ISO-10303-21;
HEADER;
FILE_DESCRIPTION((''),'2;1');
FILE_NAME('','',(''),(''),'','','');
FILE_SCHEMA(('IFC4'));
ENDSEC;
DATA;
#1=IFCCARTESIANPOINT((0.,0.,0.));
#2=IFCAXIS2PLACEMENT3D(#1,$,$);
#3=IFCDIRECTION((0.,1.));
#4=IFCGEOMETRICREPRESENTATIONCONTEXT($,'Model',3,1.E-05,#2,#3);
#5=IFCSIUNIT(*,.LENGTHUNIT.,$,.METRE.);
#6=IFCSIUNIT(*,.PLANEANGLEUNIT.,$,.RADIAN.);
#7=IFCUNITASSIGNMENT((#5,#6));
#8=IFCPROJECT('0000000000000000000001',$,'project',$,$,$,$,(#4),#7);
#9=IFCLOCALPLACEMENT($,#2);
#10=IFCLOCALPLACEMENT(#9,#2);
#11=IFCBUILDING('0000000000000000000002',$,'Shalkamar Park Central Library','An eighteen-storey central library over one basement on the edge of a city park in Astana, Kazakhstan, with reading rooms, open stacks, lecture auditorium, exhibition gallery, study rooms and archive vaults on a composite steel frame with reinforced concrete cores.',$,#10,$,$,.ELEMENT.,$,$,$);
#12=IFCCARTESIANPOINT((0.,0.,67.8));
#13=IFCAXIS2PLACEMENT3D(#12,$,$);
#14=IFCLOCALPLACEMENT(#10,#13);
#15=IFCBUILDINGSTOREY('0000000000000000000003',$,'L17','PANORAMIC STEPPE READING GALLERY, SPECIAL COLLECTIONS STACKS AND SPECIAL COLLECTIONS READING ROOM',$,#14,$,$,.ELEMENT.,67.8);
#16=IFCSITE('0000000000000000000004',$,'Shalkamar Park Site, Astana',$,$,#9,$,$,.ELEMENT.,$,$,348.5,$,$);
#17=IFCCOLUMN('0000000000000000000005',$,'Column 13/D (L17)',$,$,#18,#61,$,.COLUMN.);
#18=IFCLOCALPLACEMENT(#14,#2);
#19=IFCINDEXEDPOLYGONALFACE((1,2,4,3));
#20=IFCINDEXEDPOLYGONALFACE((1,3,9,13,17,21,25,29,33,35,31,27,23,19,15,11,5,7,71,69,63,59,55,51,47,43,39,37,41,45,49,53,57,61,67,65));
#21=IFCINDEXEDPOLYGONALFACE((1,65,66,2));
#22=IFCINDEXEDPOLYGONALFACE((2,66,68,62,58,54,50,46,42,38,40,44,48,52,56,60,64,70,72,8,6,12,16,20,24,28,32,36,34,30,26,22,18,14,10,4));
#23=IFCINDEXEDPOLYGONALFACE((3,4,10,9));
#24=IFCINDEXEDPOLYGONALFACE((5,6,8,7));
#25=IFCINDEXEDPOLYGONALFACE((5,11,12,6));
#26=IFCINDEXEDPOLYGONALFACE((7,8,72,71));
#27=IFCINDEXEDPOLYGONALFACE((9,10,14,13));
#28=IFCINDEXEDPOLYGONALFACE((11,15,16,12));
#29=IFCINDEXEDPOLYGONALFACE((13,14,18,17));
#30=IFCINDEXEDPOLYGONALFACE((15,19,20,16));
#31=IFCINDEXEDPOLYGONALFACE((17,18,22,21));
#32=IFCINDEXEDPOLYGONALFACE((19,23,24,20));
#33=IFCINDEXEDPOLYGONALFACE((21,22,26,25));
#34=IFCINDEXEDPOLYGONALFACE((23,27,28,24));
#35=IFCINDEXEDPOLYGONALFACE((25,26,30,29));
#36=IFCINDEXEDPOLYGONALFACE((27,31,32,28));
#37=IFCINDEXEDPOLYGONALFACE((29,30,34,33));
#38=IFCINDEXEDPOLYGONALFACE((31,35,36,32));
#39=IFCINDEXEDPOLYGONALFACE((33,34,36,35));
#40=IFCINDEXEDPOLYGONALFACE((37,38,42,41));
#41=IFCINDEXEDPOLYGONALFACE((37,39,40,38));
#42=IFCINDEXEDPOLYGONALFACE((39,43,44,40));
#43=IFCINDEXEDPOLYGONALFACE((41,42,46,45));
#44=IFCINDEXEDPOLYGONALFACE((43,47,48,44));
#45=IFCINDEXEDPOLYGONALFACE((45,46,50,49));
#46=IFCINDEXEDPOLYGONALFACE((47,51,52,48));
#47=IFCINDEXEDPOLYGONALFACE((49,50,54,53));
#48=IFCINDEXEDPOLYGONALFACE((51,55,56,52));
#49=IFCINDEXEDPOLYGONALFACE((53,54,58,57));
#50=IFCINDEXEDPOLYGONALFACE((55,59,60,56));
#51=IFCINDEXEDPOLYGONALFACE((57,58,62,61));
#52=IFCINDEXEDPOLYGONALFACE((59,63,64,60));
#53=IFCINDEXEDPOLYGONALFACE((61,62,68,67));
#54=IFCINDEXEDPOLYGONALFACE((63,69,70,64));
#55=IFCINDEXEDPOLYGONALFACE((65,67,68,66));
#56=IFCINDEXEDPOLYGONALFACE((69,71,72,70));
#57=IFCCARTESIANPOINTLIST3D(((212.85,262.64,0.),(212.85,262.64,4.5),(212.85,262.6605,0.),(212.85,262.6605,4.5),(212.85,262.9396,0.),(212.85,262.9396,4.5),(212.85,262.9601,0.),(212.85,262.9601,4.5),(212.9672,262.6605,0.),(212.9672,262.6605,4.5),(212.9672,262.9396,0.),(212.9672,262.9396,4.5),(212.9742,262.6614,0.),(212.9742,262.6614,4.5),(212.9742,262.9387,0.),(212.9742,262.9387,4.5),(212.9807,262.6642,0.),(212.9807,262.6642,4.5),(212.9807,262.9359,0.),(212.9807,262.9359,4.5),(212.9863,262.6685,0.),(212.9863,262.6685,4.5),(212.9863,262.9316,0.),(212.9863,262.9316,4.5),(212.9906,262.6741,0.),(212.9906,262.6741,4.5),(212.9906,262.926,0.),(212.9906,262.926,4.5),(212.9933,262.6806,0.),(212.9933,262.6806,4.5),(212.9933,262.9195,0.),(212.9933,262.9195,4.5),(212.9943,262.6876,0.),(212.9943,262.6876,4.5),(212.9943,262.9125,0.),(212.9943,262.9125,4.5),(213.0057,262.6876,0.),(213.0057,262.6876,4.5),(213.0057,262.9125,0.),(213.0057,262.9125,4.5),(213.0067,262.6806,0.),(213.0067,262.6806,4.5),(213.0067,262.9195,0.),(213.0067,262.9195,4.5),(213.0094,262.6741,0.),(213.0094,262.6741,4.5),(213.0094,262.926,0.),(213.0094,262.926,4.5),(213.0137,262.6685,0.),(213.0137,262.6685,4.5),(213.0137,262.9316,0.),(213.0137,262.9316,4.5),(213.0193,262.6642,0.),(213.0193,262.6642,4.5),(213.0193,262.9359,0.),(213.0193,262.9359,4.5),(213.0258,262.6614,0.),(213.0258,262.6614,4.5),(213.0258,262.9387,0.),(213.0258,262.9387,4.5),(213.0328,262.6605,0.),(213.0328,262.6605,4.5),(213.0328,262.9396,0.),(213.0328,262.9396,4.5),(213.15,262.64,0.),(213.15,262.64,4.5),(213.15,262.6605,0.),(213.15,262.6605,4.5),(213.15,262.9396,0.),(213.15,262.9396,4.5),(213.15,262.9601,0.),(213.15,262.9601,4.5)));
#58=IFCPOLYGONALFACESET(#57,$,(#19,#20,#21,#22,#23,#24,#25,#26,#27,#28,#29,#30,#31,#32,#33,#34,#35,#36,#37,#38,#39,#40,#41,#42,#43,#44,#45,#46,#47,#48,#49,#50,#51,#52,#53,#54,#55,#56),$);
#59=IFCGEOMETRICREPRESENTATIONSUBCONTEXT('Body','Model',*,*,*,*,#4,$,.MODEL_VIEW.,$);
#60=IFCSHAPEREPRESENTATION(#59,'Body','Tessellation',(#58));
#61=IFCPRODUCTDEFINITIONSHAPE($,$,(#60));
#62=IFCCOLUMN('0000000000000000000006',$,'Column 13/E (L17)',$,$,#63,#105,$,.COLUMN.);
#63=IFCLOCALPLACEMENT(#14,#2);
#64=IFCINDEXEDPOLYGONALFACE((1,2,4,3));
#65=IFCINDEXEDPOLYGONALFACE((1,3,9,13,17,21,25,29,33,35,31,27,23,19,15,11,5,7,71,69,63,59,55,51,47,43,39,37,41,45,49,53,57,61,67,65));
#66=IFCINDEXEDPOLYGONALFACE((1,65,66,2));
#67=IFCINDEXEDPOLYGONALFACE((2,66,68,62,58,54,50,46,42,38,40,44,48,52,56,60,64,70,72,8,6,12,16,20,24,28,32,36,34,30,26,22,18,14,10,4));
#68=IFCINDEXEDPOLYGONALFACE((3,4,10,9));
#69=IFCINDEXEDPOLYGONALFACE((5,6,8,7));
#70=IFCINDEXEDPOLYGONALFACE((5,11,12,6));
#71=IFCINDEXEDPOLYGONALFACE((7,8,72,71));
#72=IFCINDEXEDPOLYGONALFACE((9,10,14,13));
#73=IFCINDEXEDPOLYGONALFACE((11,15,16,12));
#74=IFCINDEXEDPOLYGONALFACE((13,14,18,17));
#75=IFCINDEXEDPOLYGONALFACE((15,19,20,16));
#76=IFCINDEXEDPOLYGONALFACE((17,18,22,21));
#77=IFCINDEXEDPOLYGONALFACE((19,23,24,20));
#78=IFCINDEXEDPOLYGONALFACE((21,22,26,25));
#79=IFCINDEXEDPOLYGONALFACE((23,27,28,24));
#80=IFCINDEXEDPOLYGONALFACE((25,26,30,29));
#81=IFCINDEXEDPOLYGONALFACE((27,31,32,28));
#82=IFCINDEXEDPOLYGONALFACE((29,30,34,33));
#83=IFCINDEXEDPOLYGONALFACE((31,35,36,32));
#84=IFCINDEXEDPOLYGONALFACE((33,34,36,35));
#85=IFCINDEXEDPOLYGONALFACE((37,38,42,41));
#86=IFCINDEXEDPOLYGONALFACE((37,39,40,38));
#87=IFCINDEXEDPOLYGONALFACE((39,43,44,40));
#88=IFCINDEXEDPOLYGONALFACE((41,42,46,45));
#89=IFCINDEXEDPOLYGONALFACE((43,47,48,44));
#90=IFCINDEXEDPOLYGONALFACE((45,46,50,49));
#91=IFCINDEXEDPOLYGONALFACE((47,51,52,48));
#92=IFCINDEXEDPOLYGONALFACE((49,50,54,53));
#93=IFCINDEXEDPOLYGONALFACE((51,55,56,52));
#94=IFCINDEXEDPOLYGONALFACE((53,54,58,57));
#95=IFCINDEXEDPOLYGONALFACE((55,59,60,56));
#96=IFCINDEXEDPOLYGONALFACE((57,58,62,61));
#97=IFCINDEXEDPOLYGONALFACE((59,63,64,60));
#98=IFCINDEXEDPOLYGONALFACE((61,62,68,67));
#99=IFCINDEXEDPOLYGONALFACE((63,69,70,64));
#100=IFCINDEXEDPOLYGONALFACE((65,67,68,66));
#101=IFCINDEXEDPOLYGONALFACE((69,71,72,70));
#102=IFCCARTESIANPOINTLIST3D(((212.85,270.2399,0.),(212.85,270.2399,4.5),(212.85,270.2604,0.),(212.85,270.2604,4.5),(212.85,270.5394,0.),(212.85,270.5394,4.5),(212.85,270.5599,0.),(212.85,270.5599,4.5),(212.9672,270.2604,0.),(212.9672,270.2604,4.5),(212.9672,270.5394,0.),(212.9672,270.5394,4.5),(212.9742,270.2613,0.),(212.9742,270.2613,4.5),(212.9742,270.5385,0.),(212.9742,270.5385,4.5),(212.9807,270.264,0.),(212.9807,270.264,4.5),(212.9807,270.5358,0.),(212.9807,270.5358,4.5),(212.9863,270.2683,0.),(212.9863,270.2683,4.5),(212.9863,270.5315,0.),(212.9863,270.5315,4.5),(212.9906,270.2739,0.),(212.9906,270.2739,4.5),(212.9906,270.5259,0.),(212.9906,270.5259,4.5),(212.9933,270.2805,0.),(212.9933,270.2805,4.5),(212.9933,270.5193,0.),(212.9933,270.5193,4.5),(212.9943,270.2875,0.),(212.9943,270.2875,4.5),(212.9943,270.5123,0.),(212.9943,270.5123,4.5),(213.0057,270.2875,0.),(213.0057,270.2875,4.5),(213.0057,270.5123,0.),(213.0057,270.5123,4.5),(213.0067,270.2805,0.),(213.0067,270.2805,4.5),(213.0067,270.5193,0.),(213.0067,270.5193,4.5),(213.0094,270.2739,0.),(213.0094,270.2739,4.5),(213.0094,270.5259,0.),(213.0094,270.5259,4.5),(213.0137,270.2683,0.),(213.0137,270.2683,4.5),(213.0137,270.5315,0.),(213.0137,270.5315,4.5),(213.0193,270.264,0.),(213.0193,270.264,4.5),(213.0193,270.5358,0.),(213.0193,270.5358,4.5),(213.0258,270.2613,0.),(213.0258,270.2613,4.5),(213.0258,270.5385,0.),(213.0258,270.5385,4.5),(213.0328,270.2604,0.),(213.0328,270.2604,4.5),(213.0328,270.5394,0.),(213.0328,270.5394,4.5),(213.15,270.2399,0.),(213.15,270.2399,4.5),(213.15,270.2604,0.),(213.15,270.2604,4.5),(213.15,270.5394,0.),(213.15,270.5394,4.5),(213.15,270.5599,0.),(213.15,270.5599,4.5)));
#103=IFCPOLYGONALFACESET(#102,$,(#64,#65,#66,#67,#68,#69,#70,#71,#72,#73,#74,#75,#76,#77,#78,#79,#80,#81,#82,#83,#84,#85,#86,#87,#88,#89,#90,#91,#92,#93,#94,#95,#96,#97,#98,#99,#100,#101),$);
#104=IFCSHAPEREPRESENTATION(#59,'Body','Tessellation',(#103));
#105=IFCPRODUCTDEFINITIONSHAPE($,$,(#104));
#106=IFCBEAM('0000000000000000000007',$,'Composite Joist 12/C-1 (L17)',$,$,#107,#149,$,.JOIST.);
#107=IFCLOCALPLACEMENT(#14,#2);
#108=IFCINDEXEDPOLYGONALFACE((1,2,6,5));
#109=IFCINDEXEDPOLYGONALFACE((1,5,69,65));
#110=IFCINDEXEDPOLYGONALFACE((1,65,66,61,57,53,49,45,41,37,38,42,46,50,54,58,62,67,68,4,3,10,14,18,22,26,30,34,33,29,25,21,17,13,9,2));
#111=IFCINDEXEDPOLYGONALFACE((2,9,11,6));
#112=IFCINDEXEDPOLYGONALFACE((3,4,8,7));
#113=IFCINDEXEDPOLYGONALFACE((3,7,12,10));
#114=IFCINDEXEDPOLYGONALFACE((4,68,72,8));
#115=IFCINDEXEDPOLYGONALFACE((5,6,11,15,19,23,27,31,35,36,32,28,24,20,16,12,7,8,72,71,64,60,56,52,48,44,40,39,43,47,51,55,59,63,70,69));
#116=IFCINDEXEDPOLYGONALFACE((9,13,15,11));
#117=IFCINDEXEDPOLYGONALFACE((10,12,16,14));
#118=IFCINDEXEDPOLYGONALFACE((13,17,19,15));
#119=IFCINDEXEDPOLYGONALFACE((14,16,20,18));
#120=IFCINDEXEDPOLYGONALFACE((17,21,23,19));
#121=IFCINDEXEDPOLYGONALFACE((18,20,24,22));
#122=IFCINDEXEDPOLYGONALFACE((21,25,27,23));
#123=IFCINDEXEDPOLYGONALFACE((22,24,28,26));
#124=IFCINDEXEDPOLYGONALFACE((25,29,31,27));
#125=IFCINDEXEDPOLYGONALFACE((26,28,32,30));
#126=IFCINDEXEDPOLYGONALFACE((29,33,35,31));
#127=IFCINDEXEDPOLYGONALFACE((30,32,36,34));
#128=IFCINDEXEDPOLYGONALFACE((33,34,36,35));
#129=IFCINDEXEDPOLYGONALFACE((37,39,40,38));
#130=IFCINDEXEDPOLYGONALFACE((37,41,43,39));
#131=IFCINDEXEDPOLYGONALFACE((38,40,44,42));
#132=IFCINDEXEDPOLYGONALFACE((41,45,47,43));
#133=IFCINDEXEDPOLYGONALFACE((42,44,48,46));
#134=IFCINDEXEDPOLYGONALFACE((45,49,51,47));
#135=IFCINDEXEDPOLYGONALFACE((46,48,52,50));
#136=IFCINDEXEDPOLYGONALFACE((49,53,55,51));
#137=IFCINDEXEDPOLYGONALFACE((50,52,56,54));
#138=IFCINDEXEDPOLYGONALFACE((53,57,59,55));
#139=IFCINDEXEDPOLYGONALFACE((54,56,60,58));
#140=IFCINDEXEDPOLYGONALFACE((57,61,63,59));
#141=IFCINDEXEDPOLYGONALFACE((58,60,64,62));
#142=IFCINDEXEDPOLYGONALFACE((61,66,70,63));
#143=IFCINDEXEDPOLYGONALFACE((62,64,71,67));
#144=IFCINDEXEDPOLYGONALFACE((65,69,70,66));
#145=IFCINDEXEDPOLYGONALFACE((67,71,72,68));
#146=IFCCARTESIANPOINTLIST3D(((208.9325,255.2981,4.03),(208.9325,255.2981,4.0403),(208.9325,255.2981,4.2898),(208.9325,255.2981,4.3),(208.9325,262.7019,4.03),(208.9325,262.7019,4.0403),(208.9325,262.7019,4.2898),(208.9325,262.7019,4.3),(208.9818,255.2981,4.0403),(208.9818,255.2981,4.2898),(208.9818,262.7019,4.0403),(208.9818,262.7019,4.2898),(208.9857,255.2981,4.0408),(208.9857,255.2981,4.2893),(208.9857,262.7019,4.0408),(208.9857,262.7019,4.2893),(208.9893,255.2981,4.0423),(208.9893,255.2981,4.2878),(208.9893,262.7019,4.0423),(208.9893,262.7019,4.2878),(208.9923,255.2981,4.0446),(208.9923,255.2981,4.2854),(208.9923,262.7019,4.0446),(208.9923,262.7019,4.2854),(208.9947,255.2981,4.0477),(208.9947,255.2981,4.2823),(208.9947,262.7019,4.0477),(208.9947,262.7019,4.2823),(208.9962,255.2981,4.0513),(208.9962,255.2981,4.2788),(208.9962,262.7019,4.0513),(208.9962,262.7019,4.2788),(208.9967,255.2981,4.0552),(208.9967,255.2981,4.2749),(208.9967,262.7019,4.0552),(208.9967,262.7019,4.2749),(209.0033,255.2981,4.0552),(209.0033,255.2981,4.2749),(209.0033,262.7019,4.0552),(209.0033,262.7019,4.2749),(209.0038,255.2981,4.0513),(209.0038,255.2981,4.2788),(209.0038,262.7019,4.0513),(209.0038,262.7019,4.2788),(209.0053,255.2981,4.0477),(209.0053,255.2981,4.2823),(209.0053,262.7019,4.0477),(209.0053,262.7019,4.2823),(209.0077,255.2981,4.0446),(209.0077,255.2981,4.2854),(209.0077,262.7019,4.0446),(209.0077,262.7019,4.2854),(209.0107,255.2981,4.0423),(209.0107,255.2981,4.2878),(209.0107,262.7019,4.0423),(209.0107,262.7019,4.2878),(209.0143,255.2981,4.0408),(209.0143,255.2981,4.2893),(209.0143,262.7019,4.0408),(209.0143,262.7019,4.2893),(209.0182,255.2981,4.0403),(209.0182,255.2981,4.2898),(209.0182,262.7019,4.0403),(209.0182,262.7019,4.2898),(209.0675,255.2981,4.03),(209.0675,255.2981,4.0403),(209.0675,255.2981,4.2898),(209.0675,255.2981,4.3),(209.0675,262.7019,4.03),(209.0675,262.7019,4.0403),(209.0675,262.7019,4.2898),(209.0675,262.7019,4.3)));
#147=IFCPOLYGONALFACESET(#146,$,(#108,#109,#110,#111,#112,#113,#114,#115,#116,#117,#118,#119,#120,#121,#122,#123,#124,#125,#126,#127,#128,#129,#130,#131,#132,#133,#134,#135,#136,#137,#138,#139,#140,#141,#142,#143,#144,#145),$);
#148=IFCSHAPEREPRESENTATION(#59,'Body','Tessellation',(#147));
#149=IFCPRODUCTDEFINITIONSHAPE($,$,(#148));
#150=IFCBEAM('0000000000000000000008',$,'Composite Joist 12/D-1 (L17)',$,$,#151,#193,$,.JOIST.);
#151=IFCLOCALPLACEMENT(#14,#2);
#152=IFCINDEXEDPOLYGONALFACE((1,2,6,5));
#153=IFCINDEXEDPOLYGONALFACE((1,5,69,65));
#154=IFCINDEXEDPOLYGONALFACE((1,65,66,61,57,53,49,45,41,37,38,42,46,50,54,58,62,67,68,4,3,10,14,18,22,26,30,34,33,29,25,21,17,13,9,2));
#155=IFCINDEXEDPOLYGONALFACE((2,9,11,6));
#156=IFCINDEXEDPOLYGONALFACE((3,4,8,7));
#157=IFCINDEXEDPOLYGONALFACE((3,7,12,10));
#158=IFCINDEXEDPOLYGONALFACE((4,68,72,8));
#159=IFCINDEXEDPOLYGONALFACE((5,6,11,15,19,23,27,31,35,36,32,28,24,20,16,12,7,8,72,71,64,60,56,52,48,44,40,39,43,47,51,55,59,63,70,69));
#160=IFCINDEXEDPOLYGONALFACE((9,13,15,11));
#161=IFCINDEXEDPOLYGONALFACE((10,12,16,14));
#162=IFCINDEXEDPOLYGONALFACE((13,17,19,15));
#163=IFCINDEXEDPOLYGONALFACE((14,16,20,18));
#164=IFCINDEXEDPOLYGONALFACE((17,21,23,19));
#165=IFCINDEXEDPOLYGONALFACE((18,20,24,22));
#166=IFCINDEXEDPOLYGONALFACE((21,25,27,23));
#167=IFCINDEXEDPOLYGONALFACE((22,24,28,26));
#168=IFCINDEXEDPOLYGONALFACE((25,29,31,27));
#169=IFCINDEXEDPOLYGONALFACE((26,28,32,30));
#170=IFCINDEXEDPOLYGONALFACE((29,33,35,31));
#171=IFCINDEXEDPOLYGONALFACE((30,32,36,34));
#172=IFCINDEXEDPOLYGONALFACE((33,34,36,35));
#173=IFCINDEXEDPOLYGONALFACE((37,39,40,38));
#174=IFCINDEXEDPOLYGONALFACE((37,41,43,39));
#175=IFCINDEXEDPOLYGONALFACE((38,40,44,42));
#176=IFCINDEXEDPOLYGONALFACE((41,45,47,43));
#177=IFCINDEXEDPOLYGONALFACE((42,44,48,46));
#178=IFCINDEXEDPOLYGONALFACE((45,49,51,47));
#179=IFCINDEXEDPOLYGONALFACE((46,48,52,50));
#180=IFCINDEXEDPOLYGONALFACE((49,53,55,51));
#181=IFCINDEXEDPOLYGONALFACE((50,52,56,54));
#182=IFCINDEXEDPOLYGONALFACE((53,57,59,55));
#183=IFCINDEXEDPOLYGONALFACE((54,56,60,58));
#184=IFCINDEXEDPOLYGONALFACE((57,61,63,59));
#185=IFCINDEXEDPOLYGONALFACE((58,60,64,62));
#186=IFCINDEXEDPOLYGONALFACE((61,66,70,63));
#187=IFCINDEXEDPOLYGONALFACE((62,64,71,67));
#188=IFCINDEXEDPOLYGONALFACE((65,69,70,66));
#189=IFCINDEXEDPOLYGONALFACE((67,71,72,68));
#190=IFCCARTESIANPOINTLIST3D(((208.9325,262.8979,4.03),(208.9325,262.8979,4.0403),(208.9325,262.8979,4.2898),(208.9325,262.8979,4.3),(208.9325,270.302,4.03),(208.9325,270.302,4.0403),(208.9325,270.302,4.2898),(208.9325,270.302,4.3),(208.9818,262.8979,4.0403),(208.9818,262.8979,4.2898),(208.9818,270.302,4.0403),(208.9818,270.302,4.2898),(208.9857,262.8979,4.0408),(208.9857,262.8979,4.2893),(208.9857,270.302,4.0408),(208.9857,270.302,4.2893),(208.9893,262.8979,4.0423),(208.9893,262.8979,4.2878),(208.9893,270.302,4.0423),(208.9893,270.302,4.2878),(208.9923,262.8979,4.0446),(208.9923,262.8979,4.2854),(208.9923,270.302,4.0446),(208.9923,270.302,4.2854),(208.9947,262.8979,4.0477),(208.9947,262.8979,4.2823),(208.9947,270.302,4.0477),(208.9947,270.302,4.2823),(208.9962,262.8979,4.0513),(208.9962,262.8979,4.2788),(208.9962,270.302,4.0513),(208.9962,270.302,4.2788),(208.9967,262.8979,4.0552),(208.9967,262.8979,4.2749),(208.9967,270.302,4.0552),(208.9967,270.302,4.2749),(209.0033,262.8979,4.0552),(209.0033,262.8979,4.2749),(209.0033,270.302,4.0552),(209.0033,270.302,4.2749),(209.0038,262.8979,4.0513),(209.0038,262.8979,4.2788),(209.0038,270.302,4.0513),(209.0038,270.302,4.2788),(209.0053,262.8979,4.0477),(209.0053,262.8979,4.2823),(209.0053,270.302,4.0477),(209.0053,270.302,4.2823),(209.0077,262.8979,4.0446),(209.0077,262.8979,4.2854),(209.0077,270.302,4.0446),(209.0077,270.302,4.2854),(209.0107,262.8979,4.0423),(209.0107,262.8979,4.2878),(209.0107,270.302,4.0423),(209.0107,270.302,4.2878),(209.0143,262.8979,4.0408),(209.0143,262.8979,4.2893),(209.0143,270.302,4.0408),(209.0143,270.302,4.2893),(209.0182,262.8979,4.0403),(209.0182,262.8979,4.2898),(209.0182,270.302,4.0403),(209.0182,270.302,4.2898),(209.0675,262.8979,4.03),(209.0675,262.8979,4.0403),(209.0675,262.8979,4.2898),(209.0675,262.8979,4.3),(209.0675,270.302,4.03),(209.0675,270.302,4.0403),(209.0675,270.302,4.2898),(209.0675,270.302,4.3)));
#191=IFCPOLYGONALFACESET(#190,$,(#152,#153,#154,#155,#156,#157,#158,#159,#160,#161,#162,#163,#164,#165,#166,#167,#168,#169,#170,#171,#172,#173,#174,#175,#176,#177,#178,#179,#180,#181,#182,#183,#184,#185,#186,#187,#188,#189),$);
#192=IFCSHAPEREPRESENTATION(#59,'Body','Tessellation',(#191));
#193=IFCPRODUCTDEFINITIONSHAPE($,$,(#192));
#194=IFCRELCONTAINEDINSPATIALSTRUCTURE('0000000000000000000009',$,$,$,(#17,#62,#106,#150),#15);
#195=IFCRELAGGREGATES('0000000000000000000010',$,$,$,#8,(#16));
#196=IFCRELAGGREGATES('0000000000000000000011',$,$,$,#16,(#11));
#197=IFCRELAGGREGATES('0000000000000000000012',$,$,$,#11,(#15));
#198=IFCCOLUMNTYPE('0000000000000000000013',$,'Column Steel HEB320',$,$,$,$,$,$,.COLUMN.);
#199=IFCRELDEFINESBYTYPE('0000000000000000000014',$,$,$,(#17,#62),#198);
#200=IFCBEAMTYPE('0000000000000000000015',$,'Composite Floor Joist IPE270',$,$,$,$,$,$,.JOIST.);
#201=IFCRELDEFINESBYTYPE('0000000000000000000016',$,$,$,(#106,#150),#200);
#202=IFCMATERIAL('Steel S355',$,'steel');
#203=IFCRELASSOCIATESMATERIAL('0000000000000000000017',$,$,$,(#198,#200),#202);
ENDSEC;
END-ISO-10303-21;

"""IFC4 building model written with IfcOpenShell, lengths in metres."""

from ifc_helpers import new_model, si_unit, direction, frame, origin, origin_2d, place, context, subcontext, project, spatial, i_section, extrude, material, material_profile, profile_set, type_object, element, save


model = new_model("IFC4")

# Units and contexts
model_context = context("Model", 3, precision=1e-05, world=origin(), true_north=direction((0.0, 1.0)))
body_context = subcontext(model_context, "Body", "Model", "MODEL_VIEW")
ifc_project = project(units=[si_unit("LENGTHUNIT", "METRE"), si_unit("PLANEANGLEUNIT", "RADIAN")], contexts=[model_context])

# Site, building, storey
site_placement = place(None, origin())
site = spatial("IfcSite", under=ifc_project, at=site_placement, Name="Shalkamar Park Site, Astana", CompositionType="ELEMENT", RefElevation=348.5)
building_placement = place(site_placement, origin())
building = spatial("IfcBuilding", under=site, at=building_placement, Name="Shalkamar Park Central Library", Description="An eighteen-storey central library over one basement on the edge of a city park in Astana, Kazakhstan, with reading rooms, open stacks, lecture auditorium, exhibition gallery, study rooms and archive vaults on a composite steel frame with reinforced concrete cores.", CompositionType="ELEMENT")
storey_placement = place(building_placement, frame((0.0, 0.0, 67.8)))
storey = spatial("IfcBuildingStorey", under=building, at=storey_placement, Name="L17", Description="PANORAMIC STEPPE READING GALLERY, SPECIAL COLLECTIONS STACKS AND SPECIAL COLLECTIONS READING ROOM", CompositionType="ELEMENT", Elevation=67.8)

# Columns
ifc_material_1 = material(Name="Steel S355", Category="steel")
ifc_material_profile_1 = material_profile(ifc_material_1, i_section(OverallWidth=0.3, OverallDepth=0.3201, WebThickness=0.0115, FlangeThickness=0.0205, FilletRadius=0.0271, at=origin_2d()), Name="HEB 320")
ifc_profile_set_1 = profile_set([ifc_material_profile_1], Name="Steel S355")
column_type_1 = type_object("IfcColumnType", Name="Column Steel HEB320", PredefinedType="COLUMN", material=ifc_profile_set_1)
for number, where, z_axis, x_axis, name in (
    (1, (213.0, 262.8, 0.0), (0.0, 0.0, 1.0), (1.0, 0.0, 0.0), "Column 13/D (L17)"),
    (2, (213.0, 270.3999, 0.0), (0.0, 0.0, 1.0), (1.0, 0.0, 0.0), "Column 13/E (L17)"),
):
    element("IfcColumn", number, at=place(storey_placement, frame(where, z_axis=z_axis, x_axis=x_axis)), inside=storey, type_object=column_type_1, Name=name, PredefinedType="COLUMN", context=body_context, shape_type="SweptSolid", body=[
        extrude(i_section(OverallWidth=0.3, OverallDepth=0.3201, WebThickness=0.0115, FlangeThickness=0.0205, FilletRadius=0.0271, at=origin_2d()), origin(), (0.0, 0.0, 1.0), 4.5),
    ])

# Beams
ifc_material_profile_2 = material_profile(ifc_material_1, i_section(OverallWidth=0.135, OverallDepth=0.27, WebThickness=0.0066, FlangeThickness=0.0103, FilletRadius=0.0149, at=origin_2d()), Name="IPE 270")
ifc_profile_set_2 = profile_set([ifc_material_profile_2], Name="Steel S355")
beam_type_1 = type_object("IfcBeamType", Name="Composite Floor Joist IPE270", PredefinedType="JOIST", material=ifc_profile_set_2)
beam_1_placement = place(storey_placement, frame((209.0, 255.2981, 4.165), z_axis=(0.0, 1.0, 0.0), x_axis=(-1.0, 0.0, 0.0)))
element("IfcBeam", 3, at=beam_1_placement, inside=storey, type_object=beam_type_1, Name="Composite Joist 12/C-1 (L17)", PredefinedType="JOIST", context=body_context, shape_type="SweptSolid", body=[
    extrude(i_section(OverallWidth=0.135, OverallDepth=0.27, WebThickness=0.0066, FlangeThickness=0.0103, FilletRadius=0.0149, at=origin_2d()), origin(), (0.0, 0.0, 1.0), 7.4038),
])
beam_2_placement = place(storey_placement, frame((209.0, 262.8979, 4.165), z_axis=(0.0, 1.0, 0.0), x_axis=(-1.0, 0.0, 0.0)))
element("IfcBeam", 4, at=beam_2_placement, inside=storey, type_object=beam_type_1, Name="Composite Joist 12/D-1 (L17)", PredefinedType="JOIST", context=body_context, shape_type="SweptSolid", body=[
    extrude(i_section(OverallWidth=0.135, OverallDepth=0.27, WebThickness=0.0066, FlangeThickness=0.0103, FilletRadius=0.0149, at=origin_2d()), origin(), (0.0, 0.0, 1.0), 7.4041),
])

save(model, "model.ifc")
